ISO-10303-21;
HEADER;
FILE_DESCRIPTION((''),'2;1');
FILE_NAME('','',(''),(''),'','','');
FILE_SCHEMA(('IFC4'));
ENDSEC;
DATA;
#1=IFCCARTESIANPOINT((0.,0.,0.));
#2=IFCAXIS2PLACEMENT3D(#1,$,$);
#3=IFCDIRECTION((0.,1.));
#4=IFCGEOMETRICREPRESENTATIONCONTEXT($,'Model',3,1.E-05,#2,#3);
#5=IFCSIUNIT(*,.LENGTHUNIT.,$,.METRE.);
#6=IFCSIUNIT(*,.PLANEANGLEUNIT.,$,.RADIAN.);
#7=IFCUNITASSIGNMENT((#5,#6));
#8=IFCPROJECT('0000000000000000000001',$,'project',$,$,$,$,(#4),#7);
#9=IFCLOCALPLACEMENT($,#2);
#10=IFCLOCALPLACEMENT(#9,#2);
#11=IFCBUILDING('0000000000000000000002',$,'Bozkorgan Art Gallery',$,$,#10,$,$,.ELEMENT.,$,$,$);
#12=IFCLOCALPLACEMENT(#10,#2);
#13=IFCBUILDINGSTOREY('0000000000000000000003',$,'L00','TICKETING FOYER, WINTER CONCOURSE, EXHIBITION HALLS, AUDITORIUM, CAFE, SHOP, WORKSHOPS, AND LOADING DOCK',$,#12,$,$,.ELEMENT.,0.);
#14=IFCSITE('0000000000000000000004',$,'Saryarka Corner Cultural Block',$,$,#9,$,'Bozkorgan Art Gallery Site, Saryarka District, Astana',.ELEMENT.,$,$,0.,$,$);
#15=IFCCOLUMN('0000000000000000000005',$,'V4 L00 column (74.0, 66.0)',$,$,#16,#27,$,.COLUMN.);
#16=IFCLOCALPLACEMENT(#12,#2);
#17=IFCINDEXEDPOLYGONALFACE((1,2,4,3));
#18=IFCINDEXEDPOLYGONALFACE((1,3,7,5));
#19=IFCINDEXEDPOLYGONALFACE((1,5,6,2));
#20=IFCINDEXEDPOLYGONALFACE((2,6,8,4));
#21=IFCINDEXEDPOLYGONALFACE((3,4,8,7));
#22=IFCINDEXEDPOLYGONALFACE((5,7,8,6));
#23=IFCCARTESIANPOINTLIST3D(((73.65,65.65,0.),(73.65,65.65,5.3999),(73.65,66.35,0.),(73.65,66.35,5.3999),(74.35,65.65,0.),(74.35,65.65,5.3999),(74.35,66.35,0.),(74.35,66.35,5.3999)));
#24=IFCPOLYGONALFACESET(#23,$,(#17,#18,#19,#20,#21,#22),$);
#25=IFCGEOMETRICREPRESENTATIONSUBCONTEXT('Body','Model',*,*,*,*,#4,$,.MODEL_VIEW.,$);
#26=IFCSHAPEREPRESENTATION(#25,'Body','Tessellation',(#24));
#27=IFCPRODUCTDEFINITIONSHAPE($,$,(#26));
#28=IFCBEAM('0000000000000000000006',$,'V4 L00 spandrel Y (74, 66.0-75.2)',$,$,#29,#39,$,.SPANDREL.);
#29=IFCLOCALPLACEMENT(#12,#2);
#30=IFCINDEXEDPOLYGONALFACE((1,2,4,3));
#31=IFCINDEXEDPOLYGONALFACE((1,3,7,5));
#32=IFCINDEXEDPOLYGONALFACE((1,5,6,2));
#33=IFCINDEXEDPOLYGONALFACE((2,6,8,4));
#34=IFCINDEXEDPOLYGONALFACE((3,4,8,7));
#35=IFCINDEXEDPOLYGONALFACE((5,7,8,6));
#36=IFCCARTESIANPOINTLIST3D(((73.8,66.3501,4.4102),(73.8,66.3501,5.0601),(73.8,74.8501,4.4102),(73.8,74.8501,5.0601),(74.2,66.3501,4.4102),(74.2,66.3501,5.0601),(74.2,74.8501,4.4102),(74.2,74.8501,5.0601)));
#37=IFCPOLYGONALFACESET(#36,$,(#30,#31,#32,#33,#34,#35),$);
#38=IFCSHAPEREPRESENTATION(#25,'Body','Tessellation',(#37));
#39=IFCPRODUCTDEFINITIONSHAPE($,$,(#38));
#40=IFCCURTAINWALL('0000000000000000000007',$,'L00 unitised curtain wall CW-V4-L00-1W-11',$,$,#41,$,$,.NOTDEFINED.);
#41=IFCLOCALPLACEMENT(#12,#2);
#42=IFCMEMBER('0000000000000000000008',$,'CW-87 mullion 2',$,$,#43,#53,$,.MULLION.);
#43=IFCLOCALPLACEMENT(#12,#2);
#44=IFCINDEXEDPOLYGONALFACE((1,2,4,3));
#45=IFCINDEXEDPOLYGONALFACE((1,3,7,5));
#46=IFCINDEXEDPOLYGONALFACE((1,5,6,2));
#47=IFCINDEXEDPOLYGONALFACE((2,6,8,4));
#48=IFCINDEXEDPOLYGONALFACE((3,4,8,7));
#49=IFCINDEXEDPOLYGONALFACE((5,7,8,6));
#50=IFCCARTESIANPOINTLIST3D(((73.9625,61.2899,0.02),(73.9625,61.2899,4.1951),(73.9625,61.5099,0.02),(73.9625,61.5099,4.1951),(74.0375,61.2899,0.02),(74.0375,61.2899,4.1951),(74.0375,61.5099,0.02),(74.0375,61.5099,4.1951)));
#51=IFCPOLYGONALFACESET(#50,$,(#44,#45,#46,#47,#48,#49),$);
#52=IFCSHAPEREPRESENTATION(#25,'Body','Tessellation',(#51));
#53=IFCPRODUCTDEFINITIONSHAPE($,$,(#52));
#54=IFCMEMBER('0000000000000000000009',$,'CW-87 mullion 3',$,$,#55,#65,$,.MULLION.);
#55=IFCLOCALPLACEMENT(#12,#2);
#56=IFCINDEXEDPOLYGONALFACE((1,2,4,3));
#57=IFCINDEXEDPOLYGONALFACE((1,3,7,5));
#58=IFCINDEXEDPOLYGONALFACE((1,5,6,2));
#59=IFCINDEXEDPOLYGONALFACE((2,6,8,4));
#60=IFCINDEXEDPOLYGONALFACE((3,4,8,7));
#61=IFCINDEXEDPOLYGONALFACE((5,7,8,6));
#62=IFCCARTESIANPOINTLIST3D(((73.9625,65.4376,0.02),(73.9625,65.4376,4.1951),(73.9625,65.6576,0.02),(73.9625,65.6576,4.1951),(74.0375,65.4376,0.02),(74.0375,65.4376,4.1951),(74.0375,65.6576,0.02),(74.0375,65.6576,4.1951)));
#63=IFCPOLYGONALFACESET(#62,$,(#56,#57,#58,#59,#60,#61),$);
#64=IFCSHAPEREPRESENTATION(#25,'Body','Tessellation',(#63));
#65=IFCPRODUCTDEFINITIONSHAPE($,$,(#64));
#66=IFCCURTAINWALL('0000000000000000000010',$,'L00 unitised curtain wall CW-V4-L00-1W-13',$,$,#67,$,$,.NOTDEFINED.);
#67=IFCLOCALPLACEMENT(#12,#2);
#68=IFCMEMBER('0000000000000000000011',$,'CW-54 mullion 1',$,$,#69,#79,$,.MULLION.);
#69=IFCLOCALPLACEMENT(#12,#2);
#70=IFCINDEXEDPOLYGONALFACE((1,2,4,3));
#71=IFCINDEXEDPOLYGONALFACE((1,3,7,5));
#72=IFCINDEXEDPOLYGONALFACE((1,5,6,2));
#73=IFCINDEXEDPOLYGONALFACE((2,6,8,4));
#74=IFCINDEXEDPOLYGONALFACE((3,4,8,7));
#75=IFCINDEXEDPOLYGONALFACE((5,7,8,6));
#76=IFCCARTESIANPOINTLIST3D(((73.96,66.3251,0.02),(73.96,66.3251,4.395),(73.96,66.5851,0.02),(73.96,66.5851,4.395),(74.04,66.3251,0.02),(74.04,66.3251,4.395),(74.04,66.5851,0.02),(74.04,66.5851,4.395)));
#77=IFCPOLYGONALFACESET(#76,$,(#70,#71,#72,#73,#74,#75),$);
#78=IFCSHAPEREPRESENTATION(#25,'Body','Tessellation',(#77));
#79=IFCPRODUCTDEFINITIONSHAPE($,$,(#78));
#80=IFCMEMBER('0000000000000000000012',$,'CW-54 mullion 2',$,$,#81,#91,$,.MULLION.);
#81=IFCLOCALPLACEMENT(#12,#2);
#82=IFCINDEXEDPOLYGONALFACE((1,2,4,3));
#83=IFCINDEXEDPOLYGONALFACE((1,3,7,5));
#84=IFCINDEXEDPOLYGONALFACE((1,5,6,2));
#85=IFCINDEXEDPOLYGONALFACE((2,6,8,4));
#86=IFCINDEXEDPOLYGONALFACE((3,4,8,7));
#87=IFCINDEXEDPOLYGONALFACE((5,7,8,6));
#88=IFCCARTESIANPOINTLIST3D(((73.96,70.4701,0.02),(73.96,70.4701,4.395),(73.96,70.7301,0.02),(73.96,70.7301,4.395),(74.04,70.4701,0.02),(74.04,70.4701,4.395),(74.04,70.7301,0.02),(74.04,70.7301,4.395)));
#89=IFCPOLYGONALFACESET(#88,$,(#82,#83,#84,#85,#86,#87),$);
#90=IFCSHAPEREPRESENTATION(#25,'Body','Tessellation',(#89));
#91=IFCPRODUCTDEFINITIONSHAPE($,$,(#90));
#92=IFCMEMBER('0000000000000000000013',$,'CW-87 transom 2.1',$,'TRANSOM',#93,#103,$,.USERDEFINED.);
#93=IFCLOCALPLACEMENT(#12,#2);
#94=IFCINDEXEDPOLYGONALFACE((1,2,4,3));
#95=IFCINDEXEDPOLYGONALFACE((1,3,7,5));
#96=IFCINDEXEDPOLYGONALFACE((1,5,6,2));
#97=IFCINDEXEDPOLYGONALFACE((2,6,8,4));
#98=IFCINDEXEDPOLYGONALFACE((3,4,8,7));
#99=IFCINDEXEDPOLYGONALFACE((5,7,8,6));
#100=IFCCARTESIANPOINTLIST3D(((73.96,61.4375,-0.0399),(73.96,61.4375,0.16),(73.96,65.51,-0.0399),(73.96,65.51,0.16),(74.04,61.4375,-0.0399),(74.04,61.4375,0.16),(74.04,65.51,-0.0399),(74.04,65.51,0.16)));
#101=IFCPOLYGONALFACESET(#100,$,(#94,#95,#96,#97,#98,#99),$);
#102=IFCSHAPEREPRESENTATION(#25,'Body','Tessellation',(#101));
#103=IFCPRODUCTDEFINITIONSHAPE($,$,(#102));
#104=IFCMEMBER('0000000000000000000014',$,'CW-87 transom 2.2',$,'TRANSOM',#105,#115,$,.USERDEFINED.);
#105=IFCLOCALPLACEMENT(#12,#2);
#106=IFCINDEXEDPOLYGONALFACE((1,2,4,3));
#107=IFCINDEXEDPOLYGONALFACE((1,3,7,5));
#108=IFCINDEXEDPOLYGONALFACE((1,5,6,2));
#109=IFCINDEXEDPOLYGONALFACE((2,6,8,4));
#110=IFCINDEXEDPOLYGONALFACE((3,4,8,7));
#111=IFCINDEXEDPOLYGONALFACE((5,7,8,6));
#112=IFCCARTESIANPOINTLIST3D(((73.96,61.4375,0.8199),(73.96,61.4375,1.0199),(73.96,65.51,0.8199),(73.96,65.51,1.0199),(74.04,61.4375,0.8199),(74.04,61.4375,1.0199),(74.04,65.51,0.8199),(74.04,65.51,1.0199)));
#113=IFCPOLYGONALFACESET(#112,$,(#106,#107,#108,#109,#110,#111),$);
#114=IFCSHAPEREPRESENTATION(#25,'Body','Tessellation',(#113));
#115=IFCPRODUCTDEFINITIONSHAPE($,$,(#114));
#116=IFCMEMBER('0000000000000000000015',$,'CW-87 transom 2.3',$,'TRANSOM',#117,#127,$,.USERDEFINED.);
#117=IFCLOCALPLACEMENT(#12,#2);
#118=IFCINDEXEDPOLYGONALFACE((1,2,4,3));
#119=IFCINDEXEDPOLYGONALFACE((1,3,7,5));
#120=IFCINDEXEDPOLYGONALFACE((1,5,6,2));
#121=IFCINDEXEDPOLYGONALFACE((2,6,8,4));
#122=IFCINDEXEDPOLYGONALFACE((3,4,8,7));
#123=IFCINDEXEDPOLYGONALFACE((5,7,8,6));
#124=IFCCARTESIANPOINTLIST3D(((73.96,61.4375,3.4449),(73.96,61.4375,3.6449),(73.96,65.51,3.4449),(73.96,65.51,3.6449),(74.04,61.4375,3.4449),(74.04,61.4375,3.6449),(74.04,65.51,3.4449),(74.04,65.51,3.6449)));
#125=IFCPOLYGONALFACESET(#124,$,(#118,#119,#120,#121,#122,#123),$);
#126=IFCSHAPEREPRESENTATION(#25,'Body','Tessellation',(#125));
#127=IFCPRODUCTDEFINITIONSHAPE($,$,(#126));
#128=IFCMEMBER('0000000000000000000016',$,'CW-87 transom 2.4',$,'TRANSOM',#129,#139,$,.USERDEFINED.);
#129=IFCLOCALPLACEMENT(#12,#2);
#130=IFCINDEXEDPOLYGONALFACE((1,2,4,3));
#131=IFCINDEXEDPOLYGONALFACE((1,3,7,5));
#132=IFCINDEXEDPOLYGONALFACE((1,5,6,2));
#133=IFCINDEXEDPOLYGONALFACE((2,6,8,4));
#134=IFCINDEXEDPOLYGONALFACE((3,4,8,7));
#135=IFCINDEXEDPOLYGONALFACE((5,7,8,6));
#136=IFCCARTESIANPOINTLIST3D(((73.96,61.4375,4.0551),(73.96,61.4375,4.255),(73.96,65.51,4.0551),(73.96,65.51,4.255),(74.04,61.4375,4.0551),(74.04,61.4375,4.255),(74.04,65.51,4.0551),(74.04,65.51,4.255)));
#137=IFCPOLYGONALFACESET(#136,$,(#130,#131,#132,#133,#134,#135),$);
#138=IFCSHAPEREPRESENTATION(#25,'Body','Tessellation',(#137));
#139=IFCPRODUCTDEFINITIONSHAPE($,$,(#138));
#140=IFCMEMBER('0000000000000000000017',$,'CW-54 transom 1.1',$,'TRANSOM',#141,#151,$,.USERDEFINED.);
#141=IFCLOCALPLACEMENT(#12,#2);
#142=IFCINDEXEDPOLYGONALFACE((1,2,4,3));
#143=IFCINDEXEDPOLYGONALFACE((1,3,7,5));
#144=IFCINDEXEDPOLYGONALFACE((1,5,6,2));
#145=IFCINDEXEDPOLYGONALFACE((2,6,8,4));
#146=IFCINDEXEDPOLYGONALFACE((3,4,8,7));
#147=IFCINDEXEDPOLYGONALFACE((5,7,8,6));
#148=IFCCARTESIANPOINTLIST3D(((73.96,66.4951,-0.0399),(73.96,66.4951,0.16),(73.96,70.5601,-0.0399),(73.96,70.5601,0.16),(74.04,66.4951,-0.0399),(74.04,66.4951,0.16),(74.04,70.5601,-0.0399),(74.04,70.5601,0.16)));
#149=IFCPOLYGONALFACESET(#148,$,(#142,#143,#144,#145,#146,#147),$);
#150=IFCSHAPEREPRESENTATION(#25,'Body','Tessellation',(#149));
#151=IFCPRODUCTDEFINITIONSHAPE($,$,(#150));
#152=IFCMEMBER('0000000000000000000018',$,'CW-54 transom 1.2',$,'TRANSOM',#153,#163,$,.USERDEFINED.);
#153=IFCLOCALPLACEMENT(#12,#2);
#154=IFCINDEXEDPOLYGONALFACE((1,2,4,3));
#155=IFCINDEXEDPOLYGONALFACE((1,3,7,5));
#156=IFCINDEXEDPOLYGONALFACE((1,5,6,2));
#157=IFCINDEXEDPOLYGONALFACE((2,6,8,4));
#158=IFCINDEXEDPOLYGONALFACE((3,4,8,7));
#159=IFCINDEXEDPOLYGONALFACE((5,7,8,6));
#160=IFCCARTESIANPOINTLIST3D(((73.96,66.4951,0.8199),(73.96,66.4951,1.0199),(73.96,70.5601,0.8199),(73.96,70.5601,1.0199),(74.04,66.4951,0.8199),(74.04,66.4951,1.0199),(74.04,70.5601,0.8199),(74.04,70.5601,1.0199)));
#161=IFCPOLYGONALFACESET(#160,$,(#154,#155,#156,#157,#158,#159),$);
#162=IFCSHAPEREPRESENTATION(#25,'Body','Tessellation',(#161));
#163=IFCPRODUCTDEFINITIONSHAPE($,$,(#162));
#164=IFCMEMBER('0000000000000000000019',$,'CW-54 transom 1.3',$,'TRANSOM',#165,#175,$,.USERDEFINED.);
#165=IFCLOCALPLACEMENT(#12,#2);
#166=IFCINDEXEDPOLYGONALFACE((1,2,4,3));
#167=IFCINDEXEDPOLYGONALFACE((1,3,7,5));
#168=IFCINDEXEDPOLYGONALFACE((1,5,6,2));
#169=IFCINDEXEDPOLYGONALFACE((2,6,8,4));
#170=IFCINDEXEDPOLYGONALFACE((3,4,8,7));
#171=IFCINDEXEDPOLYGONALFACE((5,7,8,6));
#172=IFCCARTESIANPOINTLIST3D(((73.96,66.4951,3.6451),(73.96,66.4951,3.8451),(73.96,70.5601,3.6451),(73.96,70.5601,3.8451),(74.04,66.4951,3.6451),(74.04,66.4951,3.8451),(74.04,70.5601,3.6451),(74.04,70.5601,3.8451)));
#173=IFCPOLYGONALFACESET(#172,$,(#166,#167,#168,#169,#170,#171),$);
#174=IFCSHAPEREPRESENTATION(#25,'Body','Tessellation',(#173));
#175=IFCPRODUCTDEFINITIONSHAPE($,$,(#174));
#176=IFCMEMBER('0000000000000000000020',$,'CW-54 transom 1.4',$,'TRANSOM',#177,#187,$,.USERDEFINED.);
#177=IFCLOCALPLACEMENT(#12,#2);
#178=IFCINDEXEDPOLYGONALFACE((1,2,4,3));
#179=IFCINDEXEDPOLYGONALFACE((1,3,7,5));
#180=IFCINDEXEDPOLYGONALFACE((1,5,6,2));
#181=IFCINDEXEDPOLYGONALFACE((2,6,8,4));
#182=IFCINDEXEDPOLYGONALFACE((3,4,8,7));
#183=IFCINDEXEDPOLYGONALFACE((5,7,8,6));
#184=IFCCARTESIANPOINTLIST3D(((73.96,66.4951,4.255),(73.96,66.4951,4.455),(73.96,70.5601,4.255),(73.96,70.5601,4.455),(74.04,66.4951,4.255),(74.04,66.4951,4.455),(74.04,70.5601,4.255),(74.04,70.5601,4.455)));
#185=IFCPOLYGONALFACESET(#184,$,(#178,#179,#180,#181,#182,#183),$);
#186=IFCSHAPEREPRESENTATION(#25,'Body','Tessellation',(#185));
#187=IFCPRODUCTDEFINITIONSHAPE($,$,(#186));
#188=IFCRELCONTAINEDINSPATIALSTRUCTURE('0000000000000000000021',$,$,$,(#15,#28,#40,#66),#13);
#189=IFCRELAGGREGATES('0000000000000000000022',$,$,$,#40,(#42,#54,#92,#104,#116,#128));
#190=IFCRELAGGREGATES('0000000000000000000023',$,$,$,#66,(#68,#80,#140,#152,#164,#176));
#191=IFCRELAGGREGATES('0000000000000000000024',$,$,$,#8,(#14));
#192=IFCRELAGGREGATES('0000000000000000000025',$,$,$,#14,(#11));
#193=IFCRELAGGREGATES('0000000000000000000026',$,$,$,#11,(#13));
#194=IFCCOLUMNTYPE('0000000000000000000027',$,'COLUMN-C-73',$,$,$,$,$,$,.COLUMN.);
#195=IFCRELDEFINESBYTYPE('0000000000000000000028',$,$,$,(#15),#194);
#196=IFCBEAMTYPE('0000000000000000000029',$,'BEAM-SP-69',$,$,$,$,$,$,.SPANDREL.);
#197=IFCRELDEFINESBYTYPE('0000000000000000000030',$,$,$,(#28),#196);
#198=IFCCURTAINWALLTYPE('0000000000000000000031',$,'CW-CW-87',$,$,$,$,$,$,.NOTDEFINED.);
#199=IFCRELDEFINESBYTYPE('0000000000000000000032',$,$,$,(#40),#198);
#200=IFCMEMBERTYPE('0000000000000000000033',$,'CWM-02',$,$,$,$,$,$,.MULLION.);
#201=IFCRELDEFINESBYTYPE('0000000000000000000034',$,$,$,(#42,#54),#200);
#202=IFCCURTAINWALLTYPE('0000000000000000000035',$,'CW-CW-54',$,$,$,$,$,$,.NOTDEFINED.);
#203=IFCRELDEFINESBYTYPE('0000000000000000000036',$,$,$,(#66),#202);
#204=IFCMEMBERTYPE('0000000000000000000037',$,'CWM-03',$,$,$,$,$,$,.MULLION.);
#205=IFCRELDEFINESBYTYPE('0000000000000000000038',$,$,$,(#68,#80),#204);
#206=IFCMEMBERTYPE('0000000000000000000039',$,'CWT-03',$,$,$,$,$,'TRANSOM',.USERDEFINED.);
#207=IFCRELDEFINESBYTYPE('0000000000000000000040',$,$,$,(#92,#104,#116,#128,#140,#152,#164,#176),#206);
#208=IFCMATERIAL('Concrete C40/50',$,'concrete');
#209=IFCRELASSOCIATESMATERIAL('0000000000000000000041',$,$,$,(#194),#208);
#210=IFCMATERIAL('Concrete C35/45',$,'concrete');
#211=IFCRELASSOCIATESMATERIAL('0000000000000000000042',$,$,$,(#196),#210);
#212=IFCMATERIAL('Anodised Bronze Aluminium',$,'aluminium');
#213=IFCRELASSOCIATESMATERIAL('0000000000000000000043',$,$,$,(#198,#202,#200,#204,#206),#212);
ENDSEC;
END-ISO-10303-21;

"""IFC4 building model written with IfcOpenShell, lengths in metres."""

from ifc_helpers import new_model, si_unit, direction, frame, origin, origin_2d, place, context, subcontext, project, spatial, rectangle, extrude, material, material_profile, profile_set, type_object, element, aggregate, save


model = new_model("IFC4")

# Units and contexts
model_context = context("Model", 3, precision=1e-05, world=origin(), true_north=direction((0.0, 1.0)))
body_context = subcontext(model_context, "Body", "Model", "MODEL_VIEW")
ifc_project = project(units=[si_unit("LENGTHUNIT", "METRE"), si_unit("PLANEANGLEUNIT", "RADIAN")], contexts=[model_context])

# Site, building, storey
site_placement = place(None, origin())
site = spatial("IfcSite", under=ifc_project, at=site_placement, Name="Saryarka Corner Cultural Block", LongName="Bozkorgan Art Gallery Site, Saryarka District, Astana", CompositionType="ELEMENT", RefElevation=0.0)
building_placement = place(site_placement, origin())
building = spatial("IfcBuilding", under=site, at=building_placement, Name="Bozkorgan Art Gallery", CompositionType="ELEMENT")
storey_placement = place(building_placement, origin())
storey = spatial("IfcBuildingStorey", under=building, at=storey_placement, Name="L00", Description="TICKETING FOYER, WINTER CONCOURSE, EXHIBITION HALLS, AUDITORIUM, CAFE, SHOP, WORKSHOPS, AND LOADING DOCK", CompositionType="ELEMENT", Elevation=0.0)

# Column
ifc_material_1 = material(Name="Concrete C40/50", Category="concrete")
ifc_material_profile_1 = material_profile(ifc_material_1, rectangle(XDim=0.7, YDim=0.7, at=origin_2d()), Name="RC 700x700")
ifc_profile_set_1 = profile_set([ifc_material_profile_1], Name="Concrete C40/50")
column_type = type_object("IfcColumnType", Name="COLUMN-C-73", PredefinedType="COLUMN", material=ifc_profile_set_1)
column_placement = place(storey_placement, frame((74.0, 66.0, 0.0), z_axis=(0.0, 0.0, 1.0), x_axis=(1.0, 0.0, 0.0)))
element("IfcColumn", 1, at=column_placement, inside=storey, type_object=column_type, Name="V4 L00 column (74.0, 66.0)", PredefinedType="COLUMN", context=body_context, shape_type="SweptSolid", body=[
    extrude(rectangle(XDim=0.7, YDim=0.7, at=origin_2d()), origin(), (0.0, 0.0, 1.0), 5.3999),
])

# Beam
ifc_material_2 = material(Name="Concrete C35/45", Category="concrete")
ifc_material_profile_2 = material_profile(ifc_material_2, rectangle(XDim=0.3999, YDim=0.6499, at=origin_2d()), Name="RC 400x650")
ifc_profile_set_2 = profile_set([ifc_material_profile_2], Name="Concrete C35/45")
beam_type = type_object("IfcBeamType", Name="BEAM-SP-69", PredefinedType="SPANDREL", material=ifc_profile_set_2)
beam_placement = place(storey_placement, frame((74.0, 66.3501, 4.7351), z_axis=(0.0, 1.0, 0.0), x_axis=(-1.0, 0.0, 0.0)))
element("IfcBeam", 2, at=beam_placement, inside=storey, type_object=beam_type, Name="V4 L00 spandrel Y (74, 66.0-75.2)", PredefinedType="SPANDREL", context=body_context, shape_type="SweptSolid", body=[
    extrude(rectangle(XDim=0.3999, YDim=0.6499, at=origin_2d()), origin(), (0.0, 0.0, 1.0), 8.5),
])

# Curtain walls, members
ifc_material_3 = material(Name="Anodised Bronze Aluminium", Category="aluminium")
curtain_wall_type_1 = type_object("IfcCurtainWallType", Name="CW-CW-87", PredefinedType="NOTDEFINED", material=ifc_material_3)
curtain_wall_1_placement = place(storey_placement, origin())
curtain_wall_1 = element("IfcCurtainWall", 3, at=curtain_wall_1_placement, inside=storey, type_object=curtain_wall_type_1, Name="L00 unitised curtain wall CW-V4-L00-1W-11", PredefinedType="NOTDEFINED")
ifc_material_profile_3 = material_profile(ifc_material_3, rectangle(XDim=0.075, YDim=0.22, at=origin_2d()), Name="ALU MULLION 75x220")
ifc_profile_set_3 = profile_set([ifc_material_profile_3], Name="Anodised Bronze Aluminium")
member_type_1 = type_object("IfcMemberType", Name="CWM-02", PredefinedType="MULLION", material=ifc_profile_set_3)
member_1_placement = place(storey_placement, frame((74.0, 61.3999, 0.02), z_axis=(0.0, 0.0, 1.0), x_axis=(-1.0, 0.0, 0.0)))
member_1 = element("IfcMember", 4, at=member_1_placement, type_object=member_type_1, Name="CW-87 mullion 2", PredefinedType="MULLION", context=body_context, shape_type="SweptSolid", body=[
    extrude(rectangle(XDim=0.075, YDim=0.22, at=origin_2d()), origin(), (0.0, 0.0, 1.0), 4.175),
])
member_2_placement = place(storey_placement, frame((74.0, 65.5476, 0.02), z_axis=(0.0, 0.0, 1.0), x_axis=(-1.0, 0.0, 0.0)))
member_2 = element("IfcMember", 5, at=member_2_placement, type_object=member_type_1, Name="CW-87 mullion 3", PredefinedType="MULLION", context=body_context, shape_type="SweptSolid", body=[
    extrude(rectangle(XDim=0.075, YDim=0.22, at=origin_2d()), origin(), (0.0, 0.0, 1.0), 4.175),
])
curtain_wall_type_2 = type_object("IfcCurtainWallType", Name="CW-CW-54", PredefinedType="NOTDEFINED", material=ifc_material_3)
curtain_wall_2_placement = place(storey_placement, origin())
curtain_wall_2 = element("IfcCurtainWall", 6, at=curtain_wall_2_placement, inside=storey, type_object=curtain_wall_type_2, Name="L00 unitised curtain wall CW-V4-L00-1W-13", PredefinedType="NOTDEFINED")
ifc_material_profile_4 = material_profile(ifc_material_3, rectangle(XDim=0.0801, YDim=0.26, at=origin_2d()), Name="ALU MULLION 80x260")
ifc_profile_set_4 = profile_set([ifc_material_profile_4], Name="Anodised Bronze Aluminium")
member_type_2 = type_object("IfcMemberType", Name="CWM-03", PredefinedType="MULLION", material=ifc_profile_set_4)
member_3_placement = place(storey_placement, frame((74.0, 66.4551, 0.02), z_axis=(0.0, 0.0, 1.0), x_axis=(-1.0, 0.0, 0.0)))
member_3 = element("IfcMember", 7, at=member_3_placement, type_object=member_type_2, Name="CW-54 mullion 1", PredefinedType="MULLION", context=body_context, shape_type="SweptSolid", body=[
    extrude(rectangle(XDim=0.0801, YDim=0.26, at=origin_2d()), origin(), (0.0, 0.0, 1.0), 4.375),
])
member_4_placement = place(storey_placement, frame((74.0, 70.6001, 0.02), z_axis=(0.0, 0.0, 1.0), x_axis=(-1.0, 0.0, 0.0)))
member_4 = element("IfcMember", 8, at=member_4_placement, type_object=member_type_2, Name="CW-54 mullion 2", PredefinedType="MULLION", context=body_context, shape_type="SweptSolid", body=[
    extrude(rectangle(XDim=0.0801, YDim=0.26, at=origin_2d()), origin(), (0.0, 0.0, 1.0), 4.375),
])

# Members
ifc_material_profile_5 = material_profile(ifc_material_3, rectangle(XDim=0.0801, YDim=0.2, at=origin_2d()), Name="ALU TRANSOM 80x200")
ifc_profile_set_5 = profile_set([ifc_material_profile_5], Name="Anodised Bronze Aluminium")
member_type_3 = type_object("IfcMemberType", Name="CWT-03", ElementType="TRANSOM", PredefinedType="USERDEFINED", material=ifc_profile_set_5)
member_5_placement = place(storey_placement, frame((74.0, 61.4375, 0.0601), z_axis=(0.0, 1.0, 0.0), x_axis=(-1.0, 0.0, 0.0)))
member_5 = element("IfcMember", 9, at=member_5_placement, type_object=member_type_3, Name="CW-87 transom 2.1", ObjectType="TRANSOM", PredefinedType="USERDEFINED", context=body_context, shape_type="SweptSolid", body=[
    extrude(rectangle(XDim=0.0801, YDim=0.2, at=origin_2d()), origin(), (0.0, 0.0, 1.0), 4.0725),
])
member_6_placement = place(storey_placement, frame((74.0, 61.4375, 0.9199), z_axis=(0.0, 1.0, 0.0), x_axis=(-1.0, 0.0, 0.0)))
member_6 = element("IfcMember", 10, at=member_6_placement, type_object=member_type_3, Name="CW-87 transom 2.2", ObjectType="TRANSOM", PredefinedType="USERDEFINED", context=body_context, shape_type="SweptSolid", body=[
    extrude(rectangle(XDim=0.0801, YDim=0.2, at=origin_2d()), origin(), (0.0, 0.0, 1.0), 4.0725),
])
member_7_placement = place(storey_placement, frame((74.0, 61.4375, 3.5449), z_axis=(0.0, 1.0, 0.0), x_axis=(-1.0, 0.0, 0.0)))
member_7 = element("IfcMember", 11, at=member_7_placement, type_object=member_type_3, Name="CW-87 transom 2.3", ObjectType="TRANSOM", PredefinedType="USERDEFINED", context=body_context, shape_type="SweptSolid", body=[
    extrude(rectangle(XDim=0.0801, YDim=0.2, at=origin_2d()), origin(), (0.0, 0.0, 1.0), 4.0725),
])
member_8_placement = place(storey_placement, frame((74.0, 61.4375, 4.155), z_axis=(0.0, 1.0, 0.0), x_axis=(-1.0, 0.0, 0.0)))
member_8 = element("IfcMember", 12, at=member_8_placement, type_object=member_type_3, Name="CW-87 transom 2.4", ObjectType="TRANSOM", PredefinedType="USERDEFINED", context=body_context, shape_type="SweptSolid", body=[
    extrude(rectangle(XDim=0.0801, YDim=0.2, at=origin_2d()), origin(), (0.0, 0.0, 1.0), 4.0725),
])
member_9_placement = place(storey_placement, frame((74.0, 66.4951, 0.0601), z_axis=(0.0, 1.0, 0.0), x_axis=(-1.0, 0.0, 0.0)))
member_9 = element("IfcMember", 13, at=member_9_placement, type_object=member_type_3, Name="CW-54 transom 1.1", ObjectType="TRANSOM", PredefinedType="USERDEFINED", context=body_context, shape_type="SweptSolid", body=[
    extrude(rectangle(XDim=0.0801, YDim=0.2, at=origin_2d()), origin(), (0.0, 0.0, 1.0), 4.0649),
])
member_10_placement = place(storey_placement, frame((74.0, 66.4951, 0.9199), z_axis=(0.0, 1.0, 0.0), x_axis=(-1.0, 0.0, 0.0)))
member_10 = element("IfcMember", 14, at=member_10_placement, type_object=member_type_3, Name="CW-54 transom 1.2", ObjectType="TRANSOM", PredefinedType="USERDEFINED", context=body_context, shape_type="SweptSolid", body=[
    extrude(rectangle(XDim=0.0801, YDim=0.2, at=origin_2d()), origin(), (0.0, 0.0, 1.0), 4.0649),
])
member_11_placement = place(storey_placement, frame((74.0, 66.4951, 3.7451), z_axis=(0.0, 1.0, 0.0), x_axis=(-1.0, 0.0, 0.0)))
member_11 = element("IfcMember", 15, at=member_11_placement, type_object=member_type_3, Name="CW-54 transom 1.3", ObjectType="TRANSOM", PredefinedType="USERDEFINED", context=body_context, shape_type="SweptSolid", body=[
    extrude(rectangle(XDim=0.0801, YDim=0.2, at=origin_2d()), origin(), (0.0, 0.0, 1.0), 4.0649),
])
member_12_placement = place(storey_placement, frame((74.0, 66.4951, 4.355), z_axis=(0.0, 1.0, 0.0), x_axis=(-1.0, 0.0, 0.0)))
member_12 = element("IfcMember", 16, at=member_12_placement, type_object=member_type_3, Name="CW-54 transom 1.4", ObjectType="TRANSOM", PredefinedType="USERDEFINED", context=body_context, shape_type="SweptSolid", body=[
    extrude(rectangle(XDim=0.0801, YDim=0.2, at=origin_2d()), origin(), (0.0, 0.0, 1.0), 4.0649),
])

aggregate(curtain_wall_1, [member_1, member_2, member_5, member_6, member_7, member_8])
aggregate(curtain_wall_2, [member_3, member_4, member_9, member_10, member_11, member_12])

save(model, "model.ifc")
